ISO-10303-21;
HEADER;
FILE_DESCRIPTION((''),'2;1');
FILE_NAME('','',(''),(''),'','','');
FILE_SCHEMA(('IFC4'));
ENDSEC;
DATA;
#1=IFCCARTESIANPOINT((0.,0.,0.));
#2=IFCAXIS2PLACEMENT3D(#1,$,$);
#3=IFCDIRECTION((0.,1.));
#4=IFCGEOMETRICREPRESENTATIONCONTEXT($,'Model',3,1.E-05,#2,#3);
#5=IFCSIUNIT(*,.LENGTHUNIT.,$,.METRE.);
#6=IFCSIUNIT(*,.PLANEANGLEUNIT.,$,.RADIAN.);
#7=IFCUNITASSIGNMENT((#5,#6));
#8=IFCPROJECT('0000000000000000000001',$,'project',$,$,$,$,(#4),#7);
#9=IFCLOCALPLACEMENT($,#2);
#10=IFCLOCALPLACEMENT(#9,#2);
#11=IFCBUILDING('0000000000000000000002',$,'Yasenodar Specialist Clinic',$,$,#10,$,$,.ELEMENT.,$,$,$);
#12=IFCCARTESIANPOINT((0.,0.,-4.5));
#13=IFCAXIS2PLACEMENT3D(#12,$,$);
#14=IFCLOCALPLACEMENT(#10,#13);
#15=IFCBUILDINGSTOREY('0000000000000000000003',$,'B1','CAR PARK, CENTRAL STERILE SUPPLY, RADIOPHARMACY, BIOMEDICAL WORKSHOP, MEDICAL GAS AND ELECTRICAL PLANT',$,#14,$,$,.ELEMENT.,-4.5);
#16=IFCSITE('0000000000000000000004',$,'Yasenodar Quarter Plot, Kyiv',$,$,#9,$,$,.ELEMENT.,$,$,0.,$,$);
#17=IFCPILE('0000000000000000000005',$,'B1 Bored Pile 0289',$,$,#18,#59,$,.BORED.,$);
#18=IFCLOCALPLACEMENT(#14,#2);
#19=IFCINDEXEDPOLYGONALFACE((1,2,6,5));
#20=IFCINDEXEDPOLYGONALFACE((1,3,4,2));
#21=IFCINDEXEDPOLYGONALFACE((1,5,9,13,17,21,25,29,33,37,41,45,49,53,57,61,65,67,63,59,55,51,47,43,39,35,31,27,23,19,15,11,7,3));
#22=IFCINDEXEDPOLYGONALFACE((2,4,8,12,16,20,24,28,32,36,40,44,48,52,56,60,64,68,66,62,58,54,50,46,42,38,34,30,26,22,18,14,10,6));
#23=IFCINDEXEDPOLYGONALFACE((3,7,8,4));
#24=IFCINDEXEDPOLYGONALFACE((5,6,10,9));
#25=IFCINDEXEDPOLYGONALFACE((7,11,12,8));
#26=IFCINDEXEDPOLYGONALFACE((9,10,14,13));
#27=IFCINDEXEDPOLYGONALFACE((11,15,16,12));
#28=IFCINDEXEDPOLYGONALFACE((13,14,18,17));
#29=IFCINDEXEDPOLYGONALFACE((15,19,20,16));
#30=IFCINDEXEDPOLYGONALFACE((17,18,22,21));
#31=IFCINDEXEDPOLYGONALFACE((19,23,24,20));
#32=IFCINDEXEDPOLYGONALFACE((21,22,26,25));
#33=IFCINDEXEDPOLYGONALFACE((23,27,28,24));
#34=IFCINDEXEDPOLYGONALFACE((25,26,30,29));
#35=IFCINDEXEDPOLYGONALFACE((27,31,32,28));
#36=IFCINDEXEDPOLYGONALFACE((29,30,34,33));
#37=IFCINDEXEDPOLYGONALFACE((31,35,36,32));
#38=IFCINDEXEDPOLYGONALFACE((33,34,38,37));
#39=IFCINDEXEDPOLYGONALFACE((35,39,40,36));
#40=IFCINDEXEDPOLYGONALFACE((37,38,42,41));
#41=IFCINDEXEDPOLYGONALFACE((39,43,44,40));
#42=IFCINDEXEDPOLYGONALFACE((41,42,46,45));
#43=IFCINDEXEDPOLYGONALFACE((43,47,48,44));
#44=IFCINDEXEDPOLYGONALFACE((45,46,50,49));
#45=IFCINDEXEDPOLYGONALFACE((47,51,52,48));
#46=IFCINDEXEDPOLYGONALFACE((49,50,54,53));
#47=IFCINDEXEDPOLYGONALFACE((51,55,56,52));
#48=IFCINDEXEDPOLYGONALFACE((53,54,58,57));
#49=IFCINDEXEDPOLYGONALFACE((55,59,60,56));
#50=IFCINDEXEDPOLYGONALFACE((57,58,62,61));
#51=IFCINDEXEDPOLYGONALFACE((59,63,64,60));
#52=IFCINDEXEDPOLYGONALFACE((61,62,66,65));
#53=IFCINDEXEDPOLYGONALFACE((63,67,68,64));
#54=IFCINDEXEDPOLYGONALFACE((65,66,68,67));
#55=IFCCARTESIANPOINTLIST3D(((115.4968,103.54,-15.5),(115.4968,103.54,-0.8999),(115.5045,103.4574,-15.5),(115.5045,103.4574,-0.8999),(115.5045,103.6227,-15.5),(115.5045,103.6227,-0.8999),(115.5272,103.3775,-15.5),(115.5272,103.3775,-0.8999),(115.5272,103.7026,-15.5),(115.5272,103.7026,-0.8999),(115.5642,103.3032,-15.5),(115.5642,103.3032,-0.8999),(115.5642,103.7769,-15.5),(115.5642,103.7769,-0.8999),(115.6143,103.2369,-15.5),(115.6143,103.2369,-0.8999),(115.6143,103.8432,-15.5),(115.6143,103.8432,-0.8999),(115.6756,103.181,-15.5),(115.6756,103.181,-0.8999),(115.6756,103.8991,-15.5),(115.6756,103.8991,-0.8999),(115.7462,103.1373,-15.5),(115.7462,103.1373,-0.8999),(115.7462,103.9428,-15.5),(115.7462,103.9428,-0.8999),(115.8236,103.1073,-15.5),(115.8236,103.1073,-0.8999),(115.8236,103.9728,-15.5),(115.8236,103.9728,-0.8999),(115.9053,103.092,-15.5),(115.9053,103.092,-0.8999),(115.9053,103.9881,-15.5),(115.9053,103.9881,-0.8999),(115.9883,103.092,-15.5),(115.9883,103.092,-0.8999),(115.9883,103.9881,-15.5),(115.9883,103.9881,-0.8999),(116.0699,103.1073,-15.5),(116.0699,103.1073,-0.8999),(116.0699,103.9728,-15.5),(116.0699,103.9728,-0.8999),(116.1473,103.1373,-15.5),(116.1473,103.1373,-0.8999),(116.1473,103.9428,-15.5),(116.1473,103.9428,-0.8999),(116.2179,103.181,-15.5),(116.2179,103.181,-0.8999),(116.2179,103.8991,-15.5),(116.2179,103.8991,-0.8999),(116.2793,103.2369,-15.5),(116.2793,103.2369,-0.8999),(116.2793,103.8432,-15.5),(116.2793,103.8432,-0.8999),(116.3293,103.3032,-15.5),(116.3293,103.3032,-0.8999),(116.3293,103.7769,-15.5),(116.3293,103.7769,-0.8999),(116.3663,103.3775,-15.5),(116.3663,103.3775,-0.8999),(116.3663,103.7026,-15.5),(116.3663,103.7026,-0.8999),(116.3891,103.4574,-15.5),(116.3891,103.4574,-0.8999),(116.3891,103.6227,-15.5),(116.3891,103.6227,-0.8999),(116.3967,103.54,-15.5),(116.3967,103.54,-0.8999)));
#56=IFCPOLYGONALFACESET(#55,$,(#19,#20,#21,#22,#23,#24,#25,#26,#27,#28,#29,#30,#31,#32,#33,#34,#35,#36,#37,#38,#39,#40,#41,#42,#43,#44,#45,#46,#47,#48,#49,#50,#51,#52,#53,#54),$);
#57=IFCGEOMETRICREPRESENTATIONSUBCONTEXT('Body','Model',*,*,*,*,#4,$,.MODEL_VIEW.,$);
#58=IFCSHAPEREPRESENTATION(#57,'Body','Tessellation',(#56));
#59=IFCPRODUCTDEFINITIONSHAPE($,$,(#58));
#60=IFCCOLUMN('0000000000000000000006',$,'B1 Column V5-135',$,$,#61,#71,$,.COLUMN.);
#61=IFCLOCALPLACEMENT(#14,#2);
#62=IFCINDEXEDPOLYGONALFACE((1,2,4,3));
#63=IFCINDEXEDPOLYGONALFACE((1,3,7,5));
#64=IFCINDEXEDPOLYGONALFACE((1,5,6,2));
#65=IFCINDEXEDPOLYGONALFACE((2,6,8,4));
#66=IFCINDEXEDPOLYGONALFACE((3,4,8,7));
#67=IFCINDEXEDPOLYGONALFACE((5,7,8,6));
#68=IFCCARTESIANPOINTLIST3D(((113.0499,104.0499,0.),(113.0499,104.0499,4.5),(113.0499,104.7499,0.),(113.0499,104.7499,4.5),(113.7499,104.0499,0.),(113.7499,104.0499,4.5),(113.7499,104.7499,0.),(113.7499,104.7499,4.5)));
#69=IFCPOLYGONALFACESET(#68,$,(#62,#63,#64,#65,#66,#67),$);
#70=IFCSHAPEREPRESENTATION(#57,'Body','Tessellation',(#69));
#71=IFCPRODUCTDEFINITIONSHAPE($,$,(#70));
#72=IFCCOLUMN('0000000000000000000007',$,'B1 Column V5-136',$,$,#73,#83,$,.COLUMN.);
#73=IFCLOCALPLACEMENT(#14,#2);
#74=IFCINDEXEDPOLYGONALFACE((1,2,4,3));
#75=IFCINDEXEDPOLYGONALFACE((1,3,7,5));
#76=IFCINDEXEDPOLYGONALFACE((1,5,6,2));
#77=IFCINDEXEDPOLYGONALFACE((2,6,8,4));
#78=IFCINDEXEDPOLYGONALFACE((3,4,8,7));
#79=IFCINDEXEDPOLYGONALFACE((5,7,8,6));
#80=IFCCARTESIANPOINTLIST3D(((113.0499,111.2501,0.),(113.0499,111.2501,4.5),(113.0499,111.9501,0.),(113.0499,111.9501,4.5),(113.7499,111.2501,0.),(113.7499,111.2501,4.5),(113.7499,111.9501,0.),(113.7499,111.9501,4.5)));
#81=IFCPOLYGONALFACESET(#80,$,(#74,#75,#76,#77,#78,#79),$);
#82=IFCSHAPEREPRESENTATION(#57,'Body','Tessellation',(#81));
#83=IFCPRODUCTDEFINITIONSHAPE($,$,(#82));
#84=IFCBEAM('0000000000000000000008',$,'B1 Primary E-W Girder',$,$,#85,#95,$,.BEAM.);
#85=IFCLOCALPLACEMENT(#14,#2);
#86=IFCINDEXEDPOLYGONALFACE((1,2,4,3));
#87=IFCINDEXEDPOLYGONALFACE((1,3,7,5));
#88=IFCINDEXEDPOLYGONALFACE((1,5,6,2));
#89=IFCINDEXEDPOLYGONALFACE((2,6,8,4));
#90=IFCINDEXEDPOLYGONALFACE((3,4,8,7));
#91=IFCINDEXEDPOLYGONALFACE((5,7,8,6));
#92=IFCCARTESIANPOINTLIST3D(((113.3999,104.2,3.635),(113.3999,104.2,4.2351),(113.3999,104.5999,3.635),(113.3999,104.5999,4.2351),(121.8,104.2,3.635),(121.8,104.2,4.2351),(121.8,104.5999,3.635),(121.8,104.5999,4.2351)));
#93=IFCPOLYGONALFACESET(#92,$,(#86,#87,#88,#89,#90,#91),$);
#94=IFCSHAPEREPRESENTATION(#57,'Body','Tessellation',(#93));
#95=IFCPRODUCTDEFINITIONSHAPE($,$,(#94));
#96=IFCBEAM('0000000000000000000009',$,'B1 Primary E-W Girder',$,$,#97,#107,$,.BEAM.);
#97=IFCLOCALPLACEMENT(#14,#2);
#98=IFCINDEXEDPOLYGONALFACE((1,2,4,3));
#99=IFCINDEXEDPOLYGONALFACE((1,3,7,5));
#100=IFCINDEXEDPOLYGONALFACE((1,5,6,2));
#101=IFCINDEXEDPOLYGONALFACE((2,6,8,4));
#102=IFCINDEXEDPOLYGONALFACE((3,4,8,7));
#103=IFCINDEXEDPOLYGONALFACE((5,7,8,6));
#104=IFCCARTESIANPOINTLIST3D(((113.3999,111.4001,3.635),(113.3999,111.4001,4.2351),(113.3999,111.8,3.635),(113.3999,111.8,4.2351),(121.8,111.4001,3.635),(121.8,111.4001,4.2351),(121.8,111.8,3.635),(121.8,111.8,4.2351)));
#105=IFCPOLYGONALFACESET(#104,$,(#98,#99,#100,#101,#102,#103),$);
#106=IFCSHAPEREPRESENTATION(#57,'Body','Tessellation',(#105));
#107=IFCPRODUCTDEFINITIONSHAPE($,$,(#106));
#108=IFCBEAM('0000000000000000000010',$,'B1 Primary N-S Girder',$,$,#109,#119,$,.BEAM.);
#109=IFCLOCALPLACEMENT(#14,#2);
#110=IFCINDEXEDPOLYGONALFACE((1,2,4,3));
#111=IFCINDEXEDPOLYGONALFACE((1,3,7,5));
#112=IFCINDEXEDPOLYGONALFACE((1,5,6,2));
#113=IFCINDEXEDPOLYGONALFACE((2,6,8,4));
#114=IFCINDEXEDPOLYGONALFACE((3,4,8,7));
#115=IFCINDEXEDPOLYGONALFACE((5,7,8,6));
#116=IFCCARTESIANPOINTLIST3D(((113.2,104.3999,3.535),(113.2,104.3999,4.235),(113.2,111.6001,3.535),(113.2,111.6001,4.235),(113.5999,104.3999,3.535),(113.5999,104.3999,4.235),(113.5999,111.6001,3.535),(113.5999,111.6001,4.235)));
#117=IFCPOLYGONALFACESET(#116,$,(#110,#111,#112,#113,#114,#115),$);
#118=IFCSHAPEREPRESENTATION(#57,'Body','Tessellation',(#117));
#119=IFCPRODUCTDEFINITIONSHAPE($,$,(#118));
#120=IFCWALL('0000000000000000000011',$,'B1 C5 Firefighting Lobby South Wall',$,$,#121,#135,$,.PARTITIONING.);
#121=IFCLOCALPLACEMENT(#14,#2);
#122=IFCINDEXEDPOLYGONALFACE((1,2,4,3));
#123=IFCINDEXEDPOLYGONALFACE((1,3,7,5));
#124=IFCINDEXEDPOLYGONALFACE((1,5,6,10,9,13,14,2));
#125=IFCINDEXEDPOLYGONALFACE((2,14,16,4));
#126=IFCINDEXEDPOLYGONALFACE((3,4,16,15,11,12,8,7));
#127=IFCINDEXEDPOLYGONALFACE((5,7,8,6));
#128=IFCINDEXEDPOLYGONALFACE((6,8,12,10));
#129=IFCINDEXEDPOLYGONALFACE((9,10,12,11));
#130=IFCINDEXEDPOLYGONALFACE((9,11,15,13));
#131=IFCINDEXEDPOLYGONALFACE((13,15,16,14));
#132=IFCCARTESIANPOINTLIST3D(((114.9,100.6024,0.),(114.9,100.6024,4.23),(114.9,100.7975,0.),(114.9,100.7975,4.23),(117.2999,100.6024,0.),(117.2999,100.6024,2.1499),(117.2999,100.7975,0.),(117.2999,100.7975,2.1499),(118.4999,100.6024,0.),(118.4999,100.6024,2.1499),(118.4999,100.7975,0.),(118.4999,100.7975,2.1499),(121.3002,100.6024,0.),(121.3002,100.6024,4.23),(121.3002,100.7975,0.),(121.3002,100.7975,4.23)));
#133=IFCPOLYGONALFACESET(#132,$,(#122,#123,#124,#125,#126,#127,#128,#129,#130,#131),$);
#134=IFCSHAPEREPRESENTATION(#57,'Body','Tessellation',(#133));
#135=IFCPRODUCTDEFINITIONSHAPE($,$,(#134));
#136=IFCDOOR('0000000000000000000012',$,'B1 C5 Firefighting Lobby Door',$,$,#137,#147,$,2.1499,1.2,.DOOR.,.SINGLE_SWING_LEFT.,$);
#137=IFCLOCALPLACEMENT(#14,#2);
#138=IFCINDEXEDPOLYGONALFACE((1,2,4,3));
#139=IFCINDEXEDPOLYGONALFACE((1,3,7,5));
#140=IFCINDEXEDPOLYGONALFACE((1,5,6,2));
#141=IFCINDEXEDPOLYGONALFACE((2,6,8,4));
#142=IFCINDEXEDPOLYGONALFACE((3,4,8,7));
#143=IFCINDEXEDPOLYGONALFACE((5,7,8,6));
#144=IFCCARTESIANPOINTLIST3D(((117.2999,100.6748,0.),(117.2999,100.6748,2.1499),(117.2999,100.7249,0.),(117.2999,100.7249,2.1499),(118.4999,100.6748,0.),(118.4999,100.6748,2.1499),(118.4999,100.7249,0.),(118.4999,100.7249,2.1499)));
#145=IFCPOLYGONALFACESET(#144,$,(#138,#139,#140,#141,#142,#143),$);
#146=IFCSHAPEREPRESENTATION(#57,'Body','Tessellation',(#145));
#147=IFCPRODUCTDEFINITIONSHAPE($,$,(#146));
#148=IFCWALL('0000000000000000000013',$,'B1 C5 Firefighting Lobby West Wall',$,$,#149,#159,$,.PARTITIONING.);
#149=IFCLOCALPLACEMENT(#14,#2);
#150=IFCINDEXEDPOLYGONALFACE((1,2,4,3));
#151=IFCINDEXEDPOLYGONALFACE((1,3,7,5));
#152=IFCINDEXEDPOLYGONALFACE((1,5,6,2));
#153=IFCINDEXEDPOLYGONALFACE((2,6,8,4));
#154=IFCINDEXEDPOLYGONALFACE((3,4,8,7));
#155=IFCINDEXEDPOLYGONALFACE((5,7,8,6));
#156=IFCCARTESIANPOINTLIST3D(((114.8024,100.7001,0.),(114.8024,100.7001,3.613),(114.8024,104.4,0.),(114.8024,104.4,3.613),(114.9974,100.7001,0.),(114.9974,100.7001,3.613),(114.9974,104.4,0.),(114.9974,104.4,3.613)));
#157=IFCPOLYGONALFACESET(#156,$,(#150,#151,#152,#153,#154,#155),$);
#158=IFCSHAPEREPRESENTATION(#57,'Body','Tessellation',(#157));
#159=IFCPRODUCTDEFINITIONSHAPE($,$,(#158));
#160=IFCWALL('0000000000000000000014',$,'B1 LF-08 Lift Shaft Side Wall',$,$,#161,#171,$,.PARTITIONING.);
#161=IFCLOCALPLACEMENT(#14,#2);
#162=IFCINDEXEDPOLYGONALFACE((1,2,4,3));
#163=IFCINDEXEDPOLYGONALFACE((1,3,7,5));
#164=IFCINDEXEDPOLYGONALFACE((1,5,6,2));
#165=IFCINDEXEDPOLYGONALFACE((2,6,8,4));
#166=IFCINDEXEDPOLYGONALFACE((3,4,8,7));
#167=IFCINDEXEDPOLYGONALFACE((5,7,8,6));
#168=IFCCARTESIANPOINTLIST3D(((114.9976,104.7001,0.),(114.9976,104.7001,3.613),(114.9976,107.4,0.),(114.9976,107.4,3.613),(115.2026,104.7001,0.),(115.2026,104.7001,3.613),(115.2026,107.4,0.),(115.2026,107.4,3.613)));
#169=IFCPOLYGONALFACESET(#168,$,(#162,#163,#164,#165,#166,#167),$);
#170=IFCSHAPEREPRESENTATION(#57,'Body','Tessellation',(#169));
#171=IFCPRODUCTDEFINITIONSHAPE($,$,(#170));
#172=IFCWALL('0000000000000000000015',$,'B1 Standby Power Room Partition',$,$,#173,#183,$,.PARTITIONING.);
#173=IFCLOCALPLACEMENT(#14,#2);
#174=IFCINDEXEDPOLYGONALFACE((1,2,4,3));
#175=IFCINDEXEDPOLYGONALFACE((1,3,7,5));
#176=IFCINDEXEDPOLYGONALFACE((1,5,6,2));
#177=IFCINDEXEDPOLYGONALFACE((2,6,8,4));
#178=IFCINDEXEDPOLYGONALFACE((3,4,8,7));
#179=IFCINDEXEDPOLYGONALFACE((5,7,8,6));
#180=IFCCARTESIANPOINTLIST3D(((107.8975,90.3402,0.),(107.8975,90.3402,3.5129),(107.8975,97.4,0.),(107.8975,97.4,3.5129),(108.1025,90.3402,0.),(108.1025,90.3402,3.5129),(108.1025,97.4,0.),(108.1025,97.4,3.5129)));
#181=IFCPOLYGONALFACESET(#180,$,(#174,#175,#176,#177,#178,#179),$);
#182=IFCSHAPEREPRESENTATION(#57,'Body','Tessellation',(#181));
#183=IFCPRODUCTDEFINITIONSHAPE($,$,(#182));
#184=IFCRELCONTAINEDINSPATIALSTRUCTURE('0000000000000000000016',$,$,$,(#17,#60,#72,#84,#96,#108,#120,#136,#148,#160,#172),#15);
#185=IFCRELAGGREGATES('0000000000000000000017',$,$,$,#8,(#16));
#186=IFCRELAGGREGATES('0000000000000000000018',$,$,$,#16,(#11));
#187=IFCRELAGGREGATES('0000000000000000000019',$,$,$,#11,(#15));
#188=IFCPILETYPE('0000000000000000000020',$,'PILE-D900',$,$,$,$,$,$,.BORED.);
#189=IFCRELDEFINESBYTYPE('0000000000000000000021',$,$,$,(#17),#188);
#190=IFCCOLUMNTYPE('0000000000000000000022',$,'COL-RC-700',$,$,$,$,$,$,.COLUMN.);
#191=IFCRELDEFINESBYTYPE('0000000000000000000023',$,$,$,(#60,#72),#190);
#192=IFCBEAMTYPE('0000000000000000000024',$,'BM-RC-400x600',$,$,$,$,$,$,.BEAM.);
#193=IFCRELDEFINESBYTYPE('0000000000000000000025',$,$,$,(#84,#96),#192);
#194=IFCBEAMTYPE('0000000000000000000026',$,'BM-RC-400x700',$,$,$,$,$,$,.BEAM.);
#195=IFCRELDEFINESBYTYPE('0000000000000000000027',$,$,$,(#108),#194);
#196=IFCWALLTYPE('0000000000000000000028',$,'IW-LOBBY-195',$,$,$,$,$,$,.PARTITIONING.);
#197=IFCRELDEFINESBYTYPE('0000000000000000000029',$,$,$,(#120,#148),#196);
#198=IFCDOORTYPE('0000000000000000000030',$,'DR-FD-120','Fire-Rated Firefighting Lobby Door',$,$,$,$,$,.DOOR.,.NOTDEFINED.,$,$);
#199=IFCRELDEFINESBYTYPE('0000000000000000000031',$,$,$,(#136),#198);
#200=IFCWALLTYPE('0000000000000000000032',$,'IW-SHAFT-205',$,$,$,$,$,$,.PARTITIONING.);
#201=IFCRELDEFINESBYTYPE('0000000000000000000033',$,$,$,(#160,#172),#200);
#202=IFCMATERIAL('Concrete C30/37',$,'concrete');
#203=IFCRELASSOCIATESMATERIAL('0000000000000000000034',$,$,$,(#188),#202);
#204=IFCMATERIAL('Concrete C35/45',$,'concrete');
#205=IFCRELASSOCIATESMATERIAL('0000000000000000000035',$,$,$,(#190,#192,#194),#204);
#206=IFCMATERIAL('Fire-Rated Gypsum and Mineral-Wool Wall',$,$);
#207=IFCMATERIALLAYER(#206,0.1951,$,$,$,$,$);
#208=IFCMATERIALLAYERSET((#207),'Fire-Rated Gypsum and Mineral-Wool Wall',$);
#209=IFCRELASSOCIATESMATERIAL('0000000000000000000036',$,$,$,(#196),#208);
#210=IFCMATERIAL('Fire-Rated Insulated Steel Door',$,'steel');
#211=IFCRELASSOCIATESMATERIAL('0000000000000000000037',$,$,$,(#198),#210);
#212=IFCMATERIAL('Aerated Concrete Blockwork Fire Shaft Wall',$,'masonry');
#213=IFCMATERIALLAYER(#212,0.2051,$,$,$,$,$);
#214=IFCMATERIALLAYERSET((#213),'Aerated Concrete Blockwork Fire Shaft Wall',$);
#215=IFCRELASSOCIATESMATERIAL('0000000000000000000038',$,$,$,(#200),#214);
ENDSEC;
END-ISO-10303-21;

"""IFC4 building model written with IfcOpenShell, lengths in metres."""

from ifc_helpers import new_model, si_unit, direction, frame, frame_2d, origin, origin_2d, place, context, subcontext, project, spatial, rectangle, circle, extrude, material, layer, layer_set, material_profile, profile_set, type_object, element, fill, save


model = new_model("IFC4")

# Units and contexts
model_context = context("Model", 3, precision=1e-05, world=origin(), true_north=direction((0.0, 1.0)))
body_context = subcontext(model_context, "Body", "Model", "MODEL_VIEW")
ifc_project = project(units=[si_unit("LENGTHUNIT", "METRE"), si_unit("PLANEANGLEUNIT", "RADIAN")], contexts=[model_context])

# Site, building, storey
site_placement = place(None, origin())
site = spatial("IfcSite", under=ifc_project, at=site_placement, Name="Yasenodar Quarter Plot, Kyiv", CompositionType="ELEMENT", RefElevation=0.0)
building_placement = place(site_placement, origin())
building = spatial("IfcBuilding", under=site, at=building_placement, Name="Yasenodar Specialist Clinic", CompositionType="ELEMENT")
storey_placement = place(building_placement, frame((0.0, 0.0, -4.5)))
storey = spatial("IfcBuildingStorey", under=building, at=storey_placement, Name="B1", Description="CAR PARK, CENTRAL STERILE SUPPLY, RADIOPHARMACY, BIOMEDICAL WORKSHOP, MEDICAL GAS AND ELECTRICAL PLANT", CompositionType="ELEMENT", Elevation=-4.5)

# Shared definitions
ifc_material_1 = material(Name="Concrete C35/45", Category="concrete")

# Pile
ifc_material_2 = material(Name="Concrete C30/37", Category="concrete")
ifc_material_profile_1 = material_profile(ifc_material_2, circle(Radius=0.45, at=origin_2d()), Name="PILE D900")
ifc_profile_set_1 = profile_set([ifc_material_profile_1], Name="Concrete C30/37")
pile_type = type_object("IfcPileType", Name="PILE-D900", PredefinedType="BORED", material=ifc_profile_set_1)
for number, where, z_axis, x_axis, name in (
    (1, (115.9468, 103.54, -0.8999), (0.0, 0.0, -1.0), (1.0, 0.0, 0.0), "B1 Bored Pile 0289"),
):
    element("IfcPile", number, at=place(storey_placement, frame(where, z_axis=z_axis, x_axis=x_axis)), inside=storey, type_object=pile_type, Name=name, PredefinedType="BORED", context=body_context, shape_type="SweptSolid", body=[
        extrude(circle(Radius=0.45, at=origin_2d()), origin(), (0.0, 0.0, 1.0), 14.6001),
    ])

# Columns
ifc_material_profile_2 = material_profile(ifc_material_1, rectangle(XDim=0.7, YDim=0.7, at=origin_2d()), Name="RC 700x700")
ifc_profile_set_2 = profile_set([ifc_material_profile_2], Name="Concrete C35/45")
column_type = type_object("IfcColumnType", Name="COL-RC-700", PredefinedType="COLUMN", material=ifc_profile_set_2)
for number, where, z_axis, x_axis, name in (
    (2, (113.3999, 104.3999, 0.0), (0.0, 0.0, 1.0), (1.0, 0.0, 0.0), "B1 Column V5-135"),
    (3, (113.3999, 111.6001, 0.0), (0.0, 0.0, 1.0), (1.0, 0.0, 0.0), "B1 Column V5-136"),
):
    element("IfcColumn", number, at=place(storey_placement, frame(where, z_axis=z_axis, x_axis=x_axis)), inside=storey, type_object=column_type, Name=name, PredefinedType="COLUMN", context=body_context, shape_type="SweptSolid", body=[
        extrude(rectangle(XDim=0.7, YDim=0.7, at=origin_2d()), origin(), (0.0, 0.0, 1.0), 4.5),
    ])

# Beams
ifc_material_profile_3 = material_profile(ifc_material_1, rectangle(XDim=0.3999, YDim=0.6001, at=origin_2d()), Name="RC 400x600")
ifc_profile_set_3 = profile_set([ifc_material_profile_3], Name="Concrete C35/45")
beam_type_1 = type_object("IfcBeamType", Name="BM-RC-400x600", PredefinedType="BEAM", material=ifc_profile_set_3)
for number, where, z_axis, x_axis, name in (
    (4, (113.3999, 104.3999, 3.9351), (1.0, 0.0, 0.0), (0.0, 1.0, 0.0), "B1 Primary E-W Girder"),
    (5, (113.3999, 111.6001, 3.9351), (1.0, 0.0, 0.0), (0.0, 1.0, 0.0), "B1 Primary E-W Girder"),
):
    element("IfcBeam", number, at=place(storey_placement, frame(where, z_axis=z_axis, x_axis=x_axis)), inside=storey, type_object=beam_type_1, Name=name, PredefinedType="BEAM", context=body_context, shape_type="SweptSolid", body=[
        extrude(rectangle(XDim=0.3999, YDim=0.6001, at=origin_2d()), origin(), (0.0, 0.0, 1.0), 8.4001),
    ])
ifc_material_profile_4 = material_profile(ifc_material_1, rectangle(XDim=0.3999, YDim=0.7, at=origin_2d()), Name="RC 400x700")
ifc_profile_set_4 = profile_set([ifc_material_profile_4], Name="Concrete C35/45")
beam_type_2 = type_object("IfcBeamType", Name="BM-RC-400x700", PredefinedType="BEAM", material=ifc_profile_set_4)
beam_placement = place(storey_placement, frame((113.3999, 104.3999, 3.885), z_axis=(0.0, 1.0, 0.0), x_axis=(-1.0, 0.0, 0.0)))
element("IfcBeam", 6, at=beam_placement, inside=storey, type_object=beam_type_2, Name="B1 Primary N-S Girder", PredefinedType="BEAM", context=body_context, shape_type="SweptSolid", body=[
    extrude(rectangle(XDim=0.3999, YDim=0.7, at=origin_2d()), origin(), (0.0, 0.0, 1.0), 7.2002),
])

# Wall, opening, door
ifc_material_3 = material(Name="Fire-Rated Gypsum and Mineral-Wool Wall")
ifc_layer_1 = layer(ifc_material_3, 0.1951)
ifc_layer_set_1 = layer_set([ifc_layer_1], Name="Fire-Rated Gypsum and Mineral-Wool Wall")
wall_type_1 = type_object("IfcWallType", Name="IW-LOBBY-195", PredefinedType="PARTITIONING", material=ifc_layer_set_1)
wall_1_placement = place(storey_placement, frame((114.8999, 100.7, 0.0), z_axis=(0.0, 0.0, 1.0), x_axis=(1.0, 0.0, 0.0)))
wall_1 = element("IfcWall", 7, at=wall_1_placement, inside=storey, type_object=wall_type_1, Name="B1 C5 Firefighting Lobby South Wall", PredefinedType="PARTITIONING", context=body_context, shape_type="SweptSolid", body=[
    extrude(rectangle(XDim=6.4001, YDim=0.1951, at=frame_2d((3.2002, 0.0))), origin(), (0.0, 0.0, 1.0), 4.23),
])
opening_1_placement = place(wall_1_placement, frame((2.3999, 0.0, 0.0)))
opening_1 = element("IfcOpeningElement", 8, at=opening_1_placement, cuts=wall_1, PredefinedType="OPENING", context=body_context, shape_type="SweptSolid", body=[
    extrude(rectangle(XDim=1.2, YDim=2.1499, at=frame_2d((0.6001, 1.075))), frame((0.0, 0.1074, 0.0), z_axis=(0.0, -1.0, 0.0), x_axis=(1.0, 0.0, 0.0)), (0.0, 0.0, 1.0), 0.2151),
])
ifc_material_4 = material(Name="Fire-Rated Insulated Steel Door", Category="steel")
door_type_1 = type_object("IfcDoorType", Name="DR-FD-120", Description="Fire-Rated Firefighting Lobby Door", OperationType="NOTDEFINED", PredefinedType="DOOR", material=ifc_material_4)
door_1_placement = place(opening_1_placement, origin())
door_1 = element("IfcDoor", 9, at=door_1_placement, inside=storey, type_object=door_type_1, Name="B1 C5 Firefighting Lobby Door", OperationType="SINGLE_SWING_LEFT", OverallHeight=2.1499, OverallWidth=1.2, PredefinedType="DOOR", context=body_context, shape_type="SweptSolid", body=[
    extrude(rectangle(XDim=1.2, YDim=2.1499, at=frame_2d((0.6001, 1.075))), frame((0.0, 0.0249, 0.0), z_axis=(0.0, -1.0, 0.0), x_axis=(1.0, 0.0, 0.0)), (0.0, 0.0, 1.0), 0.05),
])
fill(opening_1, door_1)

# Walls
wall_2_placement = place(storey_placement, frame((114.8999, 100.7, 0.0), z_axis=(0.0, 0.0, 1.0), x_axis=(0.0, 1.0, 0.0)))
element("IfcWall", 10, at=wall_2_placement, inside=storey, type_object=wall_type_1, Name="B1 C5 Firefighting Lobby West Wall", PredefinedType="PARTITIONING", context=body_context, shape_type="SweptSolid", body=[
    extrude(rectangle(XDim=3.7, YDim=0.1951, at=frame_2d((1.8501, 0.0))), origin(), (0.0, 0.0, 1.0), 3.613),
])
ifc_material_5 = material(Name="Aerated Concrete Blockwork Fire Shaft Wall", Category="masonry")
ifc_layer_2 = layer(ifc_material_5, 0.2051)
ifc_layer_set_2 = layer_set([ifc_layer_2], Name="Aerated Concrete Blockwork Fire Shaft Wall")
wall_type_2 = type_object("IfcWallType", Name="IW-SHAFT-205", PredefinedType="PARTITIONING", material=ifc_layer_set_2)
wall_3_placement = place(storey_placement, frame((115.1001, 104.7, 0.0), z_axis=(0.0, 0.0, 1.0), x_axis=(0.0, 1.0, 0.0)))
element("IfcWall", 11, at=wall_3_placement, inside=storey, type_object=wall_type_2, Name="B1 LF-08 Lift Shaft Side Wall", PredefinedType="PARTITIONING", context=body_context, shape_type="SweptSolid", body=[
    extrude(rectangle(XDim=2.7, YDim=0.2051, at=frame_2d((1.3501, 0.0))), origin(), (0.0, 0.0, 1.0), 3.613),
])
wall_4_placement = place(storey_placement, frame((108.0, 97.3999, 0.0), z_axis=(0.0, 0.0, 1.0), x_axis=(0.0, -1.0, 0.0)))
element("IfcWall", 12, at=wall_4_placement, inside=storey, type_object=wall_type_2, Name="B1 Standby Power Room Partition", PredefinedType="PARTITIONING", context=body_context, shape_type="SweptSolid", body=[
    extrude(rectangle(XDim=7.0598, YDim=0.2051, at=frame_2d((3.5298, 0.0))), origin(), (0.0, 0.0, 1.0), 3.5129),
])

save(model, "model.ifc")
